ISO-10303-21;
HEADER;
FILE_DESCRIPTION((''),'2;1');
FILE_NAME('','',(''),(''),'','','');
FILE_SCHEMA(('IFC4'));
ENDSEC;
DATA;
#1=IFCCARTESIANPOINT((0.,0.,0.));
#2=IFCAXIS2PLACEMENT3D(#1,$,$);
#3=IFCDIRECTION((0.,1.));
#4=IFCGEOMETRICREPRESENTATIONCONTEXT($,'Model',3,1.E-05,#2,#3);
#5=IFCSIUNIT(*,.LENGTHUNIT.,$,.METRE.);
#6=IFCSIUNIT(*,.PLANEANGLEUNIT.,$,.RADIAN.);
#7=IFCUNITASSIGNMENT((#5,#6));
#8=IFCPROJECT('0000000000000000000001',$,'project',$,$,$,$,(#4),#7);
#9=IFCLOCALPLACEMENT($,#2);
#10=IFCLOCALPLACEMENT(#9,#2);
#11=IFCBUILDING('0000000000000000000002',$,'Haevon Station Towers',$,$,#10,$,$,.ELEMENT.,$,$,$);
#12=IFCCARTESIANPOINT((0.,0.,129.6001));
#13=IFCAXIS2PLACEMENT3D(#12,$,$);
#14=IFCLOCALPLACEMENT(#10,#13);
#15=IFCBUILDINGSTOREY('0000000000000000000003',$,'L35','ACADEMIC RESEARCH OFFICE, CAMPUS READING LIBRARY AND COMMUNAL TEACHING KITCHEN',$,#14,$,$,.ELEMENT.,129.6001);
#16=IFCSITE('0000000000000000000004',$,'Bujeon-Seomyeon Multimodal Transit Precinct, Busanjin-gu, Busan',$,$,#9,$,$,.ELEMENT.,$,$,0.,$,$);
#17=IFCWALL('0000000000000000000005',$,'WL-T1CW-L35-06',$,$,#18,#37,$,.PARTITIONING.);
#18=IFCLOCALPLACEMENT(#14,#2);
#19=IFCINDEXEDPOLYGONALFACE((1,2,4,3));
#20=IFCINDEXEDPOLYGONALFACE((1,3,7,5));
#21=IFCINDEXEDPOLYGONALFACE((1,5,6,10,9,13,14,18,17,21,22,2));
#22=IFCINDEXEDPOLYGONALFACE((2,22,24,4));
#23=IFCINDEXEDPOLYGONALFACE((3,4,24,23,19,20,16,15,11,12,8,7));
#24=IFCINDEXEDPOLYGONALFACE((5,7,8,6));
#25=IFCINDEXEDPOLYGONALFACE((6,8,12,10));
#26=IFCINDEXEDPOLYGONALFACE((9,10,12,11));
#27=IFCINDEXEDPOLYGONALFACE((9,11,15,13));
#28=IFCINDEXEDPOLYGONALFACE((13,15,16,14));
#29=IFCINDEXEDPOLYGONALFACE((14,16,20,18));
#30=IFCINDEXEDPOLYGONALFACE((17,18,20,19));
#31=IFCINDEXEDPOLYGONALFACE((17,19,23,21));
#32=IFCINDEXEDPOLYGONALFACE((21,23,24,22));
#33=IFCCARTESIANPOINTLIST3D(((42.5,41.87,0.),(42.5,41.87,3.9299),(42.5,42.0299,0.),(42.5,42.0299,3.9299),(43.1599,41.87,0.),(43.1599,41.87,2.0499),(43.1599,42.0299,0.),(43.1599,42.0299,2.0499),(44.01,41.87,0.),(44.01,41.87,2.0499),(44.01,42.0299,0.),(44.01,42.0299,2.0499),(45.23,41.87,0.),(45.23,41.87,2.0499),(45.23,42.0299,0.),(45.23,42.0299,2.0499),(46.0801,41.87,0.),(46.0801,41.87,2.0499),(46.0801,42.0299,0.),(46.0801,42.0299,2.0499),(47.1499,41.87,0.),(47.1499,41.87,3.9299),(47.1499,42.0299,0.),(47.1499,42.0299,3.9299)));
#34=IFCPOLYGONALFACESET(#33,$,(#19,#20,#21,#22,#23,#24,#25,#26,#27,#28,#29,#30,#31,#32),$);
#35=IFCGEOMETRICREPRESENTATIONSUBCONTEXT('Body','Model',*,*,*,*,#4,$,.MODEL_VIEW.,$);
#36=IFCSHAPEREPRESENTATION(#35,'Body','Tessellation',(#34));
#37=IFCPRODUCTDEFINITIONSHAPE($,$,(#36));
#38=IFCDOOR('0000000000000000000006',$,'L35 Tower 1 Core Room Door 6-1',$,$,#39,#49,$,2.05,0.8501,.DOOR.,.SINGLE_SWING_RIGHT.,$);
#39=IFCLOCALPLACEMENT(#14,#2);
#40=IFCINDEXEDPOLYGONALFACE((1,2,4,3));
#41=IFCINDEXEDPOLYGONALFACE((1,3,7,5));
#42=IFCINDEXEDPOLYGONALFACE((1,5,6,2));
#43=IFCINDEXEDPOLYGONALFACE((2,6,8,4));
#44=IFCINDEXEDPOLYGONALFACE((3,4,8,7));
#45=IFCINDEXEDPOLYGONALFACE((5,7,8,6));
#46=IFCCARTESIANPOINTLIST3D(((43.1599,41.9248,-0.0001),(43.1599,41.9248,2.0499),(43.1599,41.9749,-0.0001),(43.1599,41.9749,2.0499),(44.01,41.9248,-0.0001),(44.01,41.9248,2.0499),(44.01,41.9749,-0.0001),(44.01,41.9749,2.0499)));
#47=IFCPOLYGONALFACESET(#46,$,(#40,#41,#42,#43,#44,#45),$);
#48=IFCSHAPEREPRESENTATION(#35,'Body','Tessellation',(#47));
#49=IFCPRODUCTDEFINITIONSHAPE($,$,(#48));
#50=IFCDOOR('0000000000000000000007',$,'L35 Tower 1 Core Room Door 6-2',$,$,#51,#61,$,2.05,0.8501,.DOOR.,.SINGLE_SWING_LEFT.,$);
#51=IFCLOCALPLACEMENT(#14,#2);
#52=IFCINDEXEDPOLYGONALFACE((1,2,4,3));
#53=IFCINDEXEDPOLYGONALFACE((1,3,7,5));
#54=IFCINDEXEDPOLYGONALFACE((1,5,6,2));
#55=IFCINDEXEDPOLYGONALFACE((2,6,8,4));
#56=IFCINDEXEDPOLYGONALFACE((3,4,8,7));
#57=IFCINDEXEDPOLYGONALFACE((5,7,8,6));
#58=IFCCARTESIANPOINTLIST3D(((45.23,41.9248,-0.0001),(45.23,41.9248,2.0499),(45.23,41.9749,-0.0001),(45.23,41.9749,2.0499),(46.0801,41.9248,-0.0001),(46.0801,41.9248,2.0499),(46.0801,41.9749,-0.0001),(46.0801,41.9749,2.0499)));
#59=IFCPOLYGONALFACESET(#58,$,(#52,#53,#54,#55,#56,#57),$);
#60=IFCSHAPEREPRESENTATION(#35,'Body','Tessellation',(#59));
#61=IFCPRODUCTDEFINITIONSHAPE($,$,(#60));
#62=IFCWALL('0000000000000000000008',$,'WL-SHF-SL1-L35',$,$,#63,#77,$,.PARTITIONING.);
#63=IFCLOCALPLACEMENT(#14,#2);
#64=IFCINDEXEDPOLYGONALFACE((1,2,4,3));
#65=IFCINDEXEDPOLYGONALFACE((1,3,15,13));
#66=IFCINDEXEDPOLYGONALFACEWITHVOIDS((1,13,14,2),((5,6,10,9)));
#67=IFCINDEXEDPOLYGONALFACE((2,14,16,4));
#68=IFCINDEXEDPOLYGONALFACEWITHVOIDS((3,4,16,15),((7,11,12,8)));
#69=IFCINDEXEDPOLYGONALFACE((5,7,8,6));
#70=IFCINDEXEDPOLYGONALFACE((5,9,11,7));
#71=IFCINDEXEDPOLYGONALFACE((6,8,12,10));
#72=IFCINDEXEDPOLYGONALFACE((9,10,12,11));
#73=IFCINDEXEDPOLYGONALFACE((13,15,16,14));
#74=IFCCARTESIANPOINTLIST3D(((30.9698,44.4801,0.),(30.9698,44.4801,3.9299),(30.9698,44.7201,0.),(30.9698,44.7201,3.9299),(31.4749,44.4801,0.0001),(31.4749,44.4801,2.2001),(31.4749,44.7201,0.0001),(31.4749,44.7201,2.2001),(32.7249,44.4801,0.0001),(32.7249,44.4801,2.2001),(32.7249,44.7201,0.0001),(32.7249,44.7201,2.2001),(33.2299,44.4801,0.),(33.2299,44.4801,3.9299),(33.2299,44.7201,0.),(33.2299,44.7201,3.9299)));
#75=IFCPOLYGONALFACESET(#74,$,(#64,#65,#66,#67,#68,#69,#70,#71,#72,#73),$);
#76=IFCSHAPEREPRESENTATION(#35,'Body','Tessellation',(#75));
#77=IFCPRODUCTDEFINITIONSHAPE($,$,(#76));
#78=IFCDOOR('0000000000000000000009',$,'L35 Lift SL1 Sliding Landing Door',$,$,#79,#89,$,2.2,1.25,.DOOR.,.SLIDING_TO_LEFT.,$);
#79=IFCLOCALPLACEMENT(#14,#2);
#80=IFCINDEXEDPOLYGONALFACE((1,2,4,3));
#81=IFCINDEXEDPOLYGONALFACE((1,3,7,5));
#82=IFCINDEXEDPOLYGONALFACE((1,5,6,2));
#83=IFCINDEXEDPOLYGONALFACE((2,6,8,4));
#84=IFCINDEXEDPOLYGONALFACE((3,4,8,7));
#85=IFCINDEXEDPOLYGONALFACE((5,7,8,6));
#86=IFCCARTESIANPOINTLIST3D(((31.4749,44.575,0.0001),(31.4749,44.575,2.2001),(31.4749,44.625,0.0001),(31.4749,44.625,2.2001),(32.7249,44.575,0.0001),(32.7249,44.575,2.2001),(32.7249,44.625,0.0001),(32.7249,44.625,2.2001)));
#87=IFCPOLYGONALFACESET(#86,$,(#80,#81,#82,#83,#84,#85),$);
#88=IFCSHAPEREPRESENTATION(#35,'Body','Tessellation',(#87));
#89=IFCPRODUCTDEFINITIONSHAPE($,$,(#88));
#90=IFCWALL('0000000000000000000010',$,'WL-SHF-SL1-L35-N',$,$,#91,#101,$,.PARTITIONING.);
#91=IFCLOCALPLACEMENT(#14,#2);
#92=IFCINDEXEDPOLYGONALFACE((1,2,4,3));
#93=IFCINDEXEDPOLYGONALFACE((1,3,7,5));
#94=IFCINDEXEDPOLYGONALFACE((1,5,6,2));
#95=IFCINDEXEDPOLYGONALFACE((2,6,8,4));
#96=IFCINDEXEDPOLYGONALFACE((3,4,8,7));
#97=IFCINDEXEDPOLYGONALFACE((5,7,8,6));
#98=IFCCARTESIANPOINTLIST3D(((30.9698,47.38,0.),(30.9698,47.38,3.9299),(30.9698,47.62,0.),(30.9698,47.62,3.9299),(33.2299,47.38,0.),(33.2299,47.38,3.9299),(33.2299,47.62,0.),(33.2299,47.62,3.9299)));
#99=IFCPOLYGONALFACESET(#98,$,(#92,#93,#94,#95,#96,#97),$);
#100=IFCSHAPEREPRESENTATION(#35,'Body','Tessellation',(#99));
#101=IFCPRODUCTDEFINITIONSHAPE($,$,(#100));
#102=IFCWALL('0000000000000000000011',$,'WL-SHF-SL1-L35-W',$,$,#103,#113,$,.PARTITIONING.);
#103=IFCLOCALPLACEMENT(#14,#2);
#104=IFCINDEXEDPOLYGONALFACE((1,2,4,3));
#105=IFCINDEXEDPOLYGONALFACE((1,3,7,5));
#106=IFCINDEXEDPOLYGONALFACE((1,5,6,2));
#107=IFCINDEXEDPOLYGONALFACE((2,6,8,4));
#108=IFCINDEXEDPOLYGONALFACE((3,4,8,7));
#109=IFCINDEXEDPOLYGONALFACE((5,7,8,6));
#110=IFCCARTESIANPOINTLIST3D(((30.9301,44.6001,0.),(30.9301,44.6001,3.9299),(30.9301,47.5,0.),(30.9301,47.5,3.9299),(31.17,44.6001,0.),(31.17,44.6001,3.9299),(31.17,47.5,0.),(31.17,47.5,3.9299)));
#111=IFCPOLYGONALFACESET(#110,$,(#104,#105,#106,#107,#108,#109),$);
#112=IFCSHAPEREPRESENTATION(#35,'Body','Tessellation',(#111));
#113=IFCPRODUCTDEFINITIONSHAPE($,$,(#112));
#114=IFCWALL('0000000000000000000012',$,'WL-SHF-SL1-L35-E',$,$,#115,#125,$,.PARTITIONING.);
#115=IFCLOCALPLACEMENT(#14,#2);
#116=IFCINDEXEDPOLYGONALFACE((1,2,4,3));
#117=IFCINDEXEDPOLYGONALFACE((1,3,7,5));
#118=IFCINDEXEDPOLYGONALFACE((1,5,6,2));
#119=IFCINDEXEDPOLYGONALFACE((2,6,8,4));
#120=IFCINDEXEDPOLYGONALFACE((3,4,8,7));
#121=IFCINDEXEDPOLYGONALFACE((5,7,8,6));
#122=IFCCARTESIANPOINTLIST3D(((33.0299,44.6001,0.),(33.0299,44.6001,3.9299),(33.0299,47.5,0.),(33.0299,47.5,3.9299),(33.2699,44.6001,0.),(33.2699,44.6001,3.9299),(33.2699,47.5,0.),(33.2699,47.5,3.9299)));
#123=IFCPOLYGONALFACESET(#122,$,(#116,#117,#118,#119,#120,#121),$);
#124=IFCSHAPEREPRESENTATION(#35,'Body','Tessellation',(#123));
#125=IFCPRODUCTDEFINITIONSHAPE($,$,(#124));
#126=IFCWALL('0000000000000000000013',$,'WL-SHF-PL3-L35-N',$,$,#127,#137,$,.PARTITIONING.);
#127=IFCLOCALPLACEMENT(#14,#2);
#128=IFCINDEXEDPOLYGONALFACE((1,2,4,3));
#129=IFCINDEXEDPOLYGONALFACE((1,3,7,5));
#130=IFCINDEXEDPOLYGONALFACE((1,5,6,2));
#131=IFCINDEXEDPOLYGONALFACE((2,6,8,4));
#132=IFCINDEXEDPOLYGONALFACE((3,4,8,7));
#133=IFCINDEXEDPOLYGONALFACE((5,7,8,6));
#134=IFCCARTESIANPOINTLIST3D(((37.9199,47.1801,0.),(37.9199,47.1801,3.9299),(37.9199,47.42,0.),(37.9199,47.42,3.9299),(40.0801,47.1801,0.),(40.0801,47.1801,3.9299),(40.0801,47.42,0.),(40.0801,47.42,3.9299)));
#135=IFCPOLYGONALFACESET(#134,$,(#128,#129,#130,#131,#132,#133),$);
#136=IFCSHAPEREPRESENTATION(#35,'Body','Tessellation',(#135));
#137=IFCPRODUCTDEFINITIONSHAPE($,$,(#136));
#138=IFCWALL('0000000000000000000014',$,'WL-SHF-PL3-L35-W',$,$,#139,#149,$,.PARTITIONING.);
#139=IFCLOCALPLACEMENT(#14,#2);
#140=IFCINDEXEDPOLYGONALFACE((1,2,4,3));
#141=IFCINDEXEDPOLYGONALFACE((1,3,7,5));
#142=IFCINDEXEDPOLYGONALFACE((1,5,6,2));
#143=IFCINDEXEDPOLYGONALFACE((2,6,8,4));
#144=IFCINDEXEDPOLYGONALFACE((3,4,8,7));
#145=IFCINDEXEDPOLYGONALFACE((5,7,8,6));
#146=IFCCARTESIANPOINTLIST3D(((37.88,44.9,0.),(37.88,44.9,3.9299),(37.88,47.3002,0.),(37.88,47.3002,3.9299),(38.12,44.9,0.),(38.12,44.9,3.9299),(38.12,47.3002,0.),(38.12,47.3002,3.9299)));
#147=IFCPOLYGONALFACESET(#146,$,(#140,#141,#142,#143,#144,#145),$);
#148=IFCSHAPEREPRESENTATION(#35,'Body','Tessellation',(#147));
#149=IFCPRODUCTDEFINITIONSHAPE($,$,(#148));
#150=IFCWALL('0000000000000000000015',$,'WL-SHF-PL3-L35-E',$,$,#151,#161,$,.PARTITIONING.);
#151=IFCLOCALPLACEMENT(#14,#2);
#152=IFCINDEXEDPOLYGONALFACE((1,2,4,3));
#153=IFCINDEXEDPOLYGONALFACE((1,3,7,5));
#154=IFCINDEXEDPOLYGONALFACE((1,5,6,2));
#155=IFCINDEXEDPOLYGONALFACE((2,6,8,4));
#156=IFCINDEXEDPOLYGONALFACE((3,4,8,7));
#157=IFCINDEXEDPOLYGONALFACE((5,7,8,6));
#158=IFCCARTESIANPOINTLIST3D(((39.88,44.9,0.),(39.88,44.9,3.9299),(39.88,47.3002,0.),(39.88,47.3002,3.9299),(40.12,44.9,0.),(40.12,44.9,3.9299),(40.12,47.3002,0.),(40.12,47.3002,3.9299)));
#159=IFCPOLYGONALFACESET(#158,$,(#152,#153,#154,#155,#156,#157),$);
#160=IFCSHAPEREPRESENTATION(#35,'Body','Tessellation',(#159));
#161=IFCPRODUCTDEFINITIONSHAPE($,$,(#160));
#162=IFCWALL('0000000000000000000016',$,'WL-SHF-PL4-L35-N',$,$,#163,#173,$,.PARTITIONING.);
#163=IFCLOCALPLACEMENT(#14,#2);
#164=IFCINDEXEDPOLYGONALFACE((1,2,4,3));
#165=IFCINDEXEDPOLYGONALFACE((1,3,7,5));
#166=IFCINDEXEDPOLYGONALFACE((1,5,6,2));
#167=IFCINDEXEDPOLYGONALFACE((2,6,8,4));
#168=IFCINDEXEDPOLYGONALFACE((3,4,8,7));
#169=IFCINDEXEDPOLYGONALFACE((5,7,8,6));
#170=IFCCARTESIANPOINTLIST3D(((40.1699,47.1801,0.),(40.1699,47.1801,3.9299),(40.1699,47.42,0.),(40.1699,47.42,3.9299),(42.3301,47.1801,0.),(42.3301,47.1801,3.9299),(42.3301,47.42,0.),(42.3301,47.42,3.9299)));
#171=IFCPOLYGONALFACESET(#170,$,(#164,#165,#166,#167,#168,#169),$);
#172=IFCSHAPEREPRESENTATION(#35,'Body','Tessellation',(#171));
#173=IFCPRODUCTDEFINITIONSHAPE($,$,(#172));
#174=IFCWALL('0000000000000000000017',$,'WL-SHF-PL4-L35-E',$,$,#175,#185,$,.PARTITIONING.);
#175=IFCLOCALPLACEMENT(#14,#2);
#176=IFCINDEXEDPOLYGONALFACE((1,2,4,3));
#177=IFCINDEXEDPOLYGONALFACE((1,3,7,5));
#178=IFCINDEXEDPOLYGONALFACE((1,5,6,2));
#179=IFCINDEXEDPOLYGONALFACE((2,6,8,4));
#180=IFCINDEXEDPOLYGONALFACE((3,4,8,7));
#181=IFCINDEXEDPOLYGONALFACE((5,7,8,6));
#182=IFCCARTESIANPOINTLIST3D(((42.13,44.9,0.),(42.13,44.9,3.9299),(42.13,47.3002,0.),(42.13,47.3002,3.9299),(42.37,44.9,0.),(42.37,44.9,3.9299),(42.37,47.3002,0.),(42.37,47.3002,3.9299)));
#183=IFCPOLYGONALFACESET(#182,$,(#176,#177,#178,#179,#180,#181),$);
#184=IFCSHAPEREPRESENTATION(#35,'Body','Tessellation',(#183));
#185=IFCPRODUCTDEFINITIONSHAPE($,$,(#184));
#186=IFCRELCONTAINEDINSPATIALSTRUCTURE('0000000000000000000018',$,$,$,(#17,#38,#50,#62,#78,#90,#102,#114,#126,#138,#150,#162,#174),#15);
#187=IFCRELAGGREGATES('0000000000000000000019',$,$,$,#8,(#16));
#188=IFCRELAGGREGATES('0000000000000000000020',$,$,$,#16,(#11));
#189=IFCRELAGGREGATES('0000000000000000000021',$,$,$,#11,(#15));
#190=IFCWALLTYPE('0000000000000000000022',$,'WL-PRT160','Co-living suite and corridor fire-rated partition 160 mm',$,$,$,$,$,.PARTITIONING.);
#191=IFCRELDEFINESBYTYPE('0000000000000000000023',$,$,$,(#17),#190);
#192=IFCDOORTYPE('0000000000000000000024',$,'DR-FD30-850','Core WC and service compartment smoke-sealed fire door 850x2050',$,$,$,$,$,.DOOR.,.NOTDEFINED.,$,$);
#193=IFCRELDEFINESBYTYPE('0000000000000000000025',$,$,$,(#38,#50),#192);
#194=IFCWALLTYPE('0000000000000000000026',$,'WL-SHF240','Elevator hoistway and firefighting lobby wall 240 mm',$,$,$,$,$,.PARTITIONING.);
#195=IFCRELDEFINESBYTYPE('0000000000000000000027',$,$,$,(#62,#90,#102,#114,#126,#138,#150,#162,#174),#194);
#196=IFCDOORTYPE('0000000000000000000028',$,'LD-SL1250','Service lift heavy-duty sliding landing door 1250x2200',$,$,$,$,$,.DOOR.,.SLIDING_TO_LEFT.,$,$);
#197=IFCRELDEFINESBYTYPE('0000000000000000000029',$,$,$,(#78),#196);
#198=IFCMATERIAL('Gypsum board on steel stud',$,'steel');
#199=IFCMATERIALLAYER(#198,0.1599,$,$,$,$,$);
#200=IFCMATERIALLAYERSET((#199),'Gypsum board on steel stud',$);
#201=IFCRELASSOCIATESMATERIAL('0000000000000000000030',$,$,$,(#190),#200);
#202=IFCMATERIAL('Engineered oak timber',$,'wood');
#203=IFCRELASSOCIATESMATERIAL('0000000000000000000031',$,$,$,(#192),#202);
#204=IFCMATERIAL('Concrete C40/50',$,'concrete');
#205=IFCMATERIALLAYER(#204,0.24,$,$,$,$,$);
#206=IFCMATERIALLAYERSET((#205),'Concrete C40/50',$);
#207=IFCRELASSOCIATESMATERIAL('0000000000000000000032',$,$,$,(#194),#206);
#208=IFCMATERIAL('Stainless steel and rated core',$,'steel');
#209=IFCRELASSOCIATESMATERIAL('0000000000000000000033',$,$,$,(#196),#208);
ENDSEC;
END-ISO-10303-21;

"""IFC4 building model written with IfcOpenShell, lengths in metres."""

from ifc_helpers import new_model, si_unit, direction, frame, frame_2d, origin, place, context, subcontext, project, spatial, rectangle, extrude, material, layer, layer_set, type_object, element, fill, save


model = new_model("IFC4")

# Units and contexts
model_context = context("Model", 3, precision=1e-05, world=origin(), true_north=direction((0.0, 1.0)))
body_context = subcontext(model_context, "Body", "Model", "MODEL_VIEW")
ifc_project = project(units=[si_unit("LENGTHUNIT", "METRE"), si_unit("PLANEANGLEUNIT", "RADIAN")], contexts=[model_context])

# Site, building, storey
site_placement = place(None, origin())
site = spatial("IfcSite", under=ifc_project, at=site_placement, Name="Bujeon-Seomyeon Multimodal Transit Precinct, Busanjin-gu, Busan", CompositionType="ELEMENT", RefElevation=0.0)
building_placement = place(site_placement, origin())
building = spatial("IfcBuilding", under=site, at=building_placement, Name="Haevon Station Towers", CompositionType="ELEMENT")
storey_placement = place(building_placement, frame((0.0, 0.0, 129.6001)))
storey = spatial("IfcBuildingStorey", under=building, at=storey_placement, Name="L35", Description="ACADEMIC RESEARCH OFFICE, CAMPUS READING LIBRARY AND COMMUNAL TEACHING KITCHEN", CompositionType="ELEMENT", Elevation=129.6001)

# Shared definitions
ifc_material_1 = material(Name="Gypsum board on steel stud", Category="steel")
ifc_layer_1 = layer(ifc_material_1, 0.1599)
ifc_layer_set_1 = layer_set([ifc_layer_1], Name="Gypsum board on steel stud")
wall_type_1 = type_object("IfcWallType", Name="WL-PRT160", Description="Co-living suite and corridor fire-rated partition 160 mm", PredefinedType="PARTITIONING", material=ifc_layer_set_1)
ifc_material_2 = material(Name="Engineered oak timber", Category="wood")

# Wall, openings, doors
wall_1_placement = place(storey_placement, frame((42.5, 41.95, 0.0), z_axis=(0.0, 0.0, 1.0), x_axis=(1.0, 0.0, 0.0)))
wall_1 = element("IfcWall", 1, at=wall_1_placement, inside=storey, type_object=wall_type_1, Name="WL-T1CW-L35-06", PredefinedType="PARTITIONING", context=body_context, shape_type="SweptSolid", body=[
    extrude(rectangle(XDim=4.6499, YDim=0.1599, at=frame_2d((2.325, 0.0))), origin(), (0.0, 0.0, 1.0), 3.9299),
])
opening_1_placement = place(wall_1_placement, frame((0.6599, 0.0, 0.0)))
opening_1 = element("IfcOpeningElement", 2, at=opening_1_placement, cuts=wall_1, PredefinedType="OPENING", context=body_context, shape_type="SweptSolid", body=[
    extrude(rectangle(XDim=0.8501, YDim=2.05, at=frame_2d((0.425, 1.0249))), frame((0.0, 0.0898, 0.0), z_axis=(0.0, -1.0, 0.0), x_axis=(1.0, 0.0, 0.0)), (0.0, 0.0, 1.0), 0.1799),
])
opening_2_placement = place(wall_1_placement, frame((2.73, 0.0, 0.0)))
opening_2 = element("IfcOpeningElement", 3, at=opening_2_placement, cuts=wall_1, PredefinedType="OPENING", context=body_context, shape_type="SweptSolid", body=[
    extrude(rectangle(XDim=0.8501, YDim=2.05, at=frame_2d((0.425, 1.0249))), frame((0.0, 0.0898, 0.0), z_axis=(0.0, -1.0, 0.0), x_axis=(1.0, 0.0, 0.0)), (0.0, 0.0, 1.0), 0.1799),
])
door_type_1 = type_object("IfcDoorType", Name="DR-FD30-850", Description="Core WC and service compartment smoke-sealed fire door 850x2050", OperationType="NOTDEFINED", PredefinedType="DOOR", material=ifc_material_2)
door_1_placement = place(opening_1_placement, origin())
door_1 = element("IfcDoor", 4, at=door_1_placement, inside=storey, type_object=door_type_1, Name="L35 Tower 1 Core Room Door 6-1", OperationType="SINGLE_SWING_RIGHT", OverallHeight=2.05, OverallWidth=0.8501, PredefinedType="DOOR", context=body_context, shape_type="SweptSolid", body=[
    extrude(rectangle(XDim=0.8501, YDim=2.05, at=frame_2d((0.425, 1.0249))), frame((0.0, 0.0249, 0.0), z_axis=(0.0, -1.0, 0.0), x_axis=(1.0, 0.0, 0.0)), (0.0, 0.0, 1.0), 0.05),
])
fill(opening_1, door_1)
door_2_placement = place(opening_2_placement, origin())
door_2 = element("IfcDoor", 5, at=door_2_placement, inside=storey, type_object=door_type_1, Name="L35 Tower 1 Core Room Door 6-2", OperationType="SINGLE_SWING_LEFT", OverallHeight=2.05, OverallWidth=0.8501, PredefinedType="DOOR", context=body_context, shape_type="SweptSolid", body=[
    extrude(rectangle(XDim=0.8501, YDim=2.05, at=frame_2d((0.425, 1.0249))), frame((0.0, 0.0249, 0.0), z_axis=(0.0, -1.0, 0.0), x_axis=(1.0, 0.0, 0.0)), (0.0, 0.0, 1.0), 0.05),
])
fill(opening_2, door_2)

# Wall, opening, door
ifc_material_3 = material(Name="Concrete C40/50", Category="concrete")
ifc_layer_2 = layer(ifc_material_3, 0.24)
ifc_layer_set_2 = layer_set([ifc_layer_2], Name="Concrete C40/50")
wall_type_2 = type_object("IfcWallType", Name="WL-SHF240", Description="Elevator hoistway and firefighting lobby wall 240 mm", PredefinedType="PARTITIONING", material=ifc_layer_set_2)
wall_2_placement = place(storey_placement, frame((30.97, 44.6001, 0.0), z_axis=(0.0, 0.0, 1.0), x_axis=(1.0, 0.0, 0.0)))
wall_2 = element("IfcWall", 6, at=wall_2_placement, inside=storey, type_object=wall_type_2, Name="WL-SHF-SL1-L35", PredefinedType="PARTITIONING", context=body_context, shape_type="SweptSolid", body=[
    extrude(rectangle(XDim=2.26, YDim=0.24, at=frame_2d((1.1299, 0.0))), origin(), (0.0, 0.0, 1.0), 3.9299),
])
opening_3_placement = place(wall_2_placement, frame((0.5049, 0.0, 0.0)))
opening_3 = element("IfcOpeningElement", 7, at=opening_3_placement, cuts=wall_2, PredefinedType="OPENING", context=body_context, shape_type="SweptSolid", body=[
    extrude(rectangle(XDim=1.25, YDim=2.2, at=frame_2d((0.625, 1.1001))), frame((0.0, 0.1299, 0.0), z_axis=(0.0, -1.0, 0.0), x_axis=(1.0, 0.0, 0.0)), (0.0, 0.0, 1.0), 0.26),
])
ifc_material_4 = material(Name="Stainless steel and rated core", Category="steel")
door_type_2 = type_object("IfcDoorType", Name="LD-SL1250", Description="Service lift heavy-duty sliding landing door 1250x2200", OperationType="SLIDING_TO_LEFT", PredefinedType="DOOR", material=ifc_material_4)
door_3_placement = place(opening_3_placement, origin())
door_3 = element("IfcDoor", 8, at=door_3_placement, inside=storey, type_object=door_type_2, Name="L35 Lift SL1 Sliding Landing Door", OperationType="SLIDING_TO_LEFT", OverallHeight=2.2, OverallWidth=1.25, PredefinedType="DOOR", context=body_context, shape_type="SweptSolid", body=[
    extrude(rectangle(XDim=1.25, YDim=2.2, at=frame_2d((0.625, 1.1001))), frame((0.0, 0.0249, 0.0), z_axis=(0.0, -1.0, 0.0), x_axis=(1.0, 0.0, 0.0)), (0.0, 0.0, 1.0), 0.05),
])
fill(opening_3, door_3)

# Walls
wall_3_placement = place(storey_placement, frame((30.97, 47.5, 0.0), z_axis=(0.0, 0.0, 1.0), x_axis=(1.0, 0.0, 0.0)))
element("IfcWall", 9, at=wall_3_placement, inside=storey, type_object=wall_type_2, Name="WL-SHF-SL1-L35-N", PredefinedType="PARTITIONING", context=body_context, shape_type="SweptSolid", body=[
    extrude(rectangle(XDim=2.26, YDim=0.24, at=frame_2d((1.1299, 0.0))), origin(), (0.0, 0.0, 1.0), 3.9299),
])
for number, where, z_axis, x_axis, name in (
    (10, (31.05, 44.6001, 0.0), (0.0, 0.0, 1.0), (0.0, 1.0, 0.0), "WL-SHF-SL1-L35-W"),
    (11, (33.1499, 44.6001, 0.0), (0.0, 0.0, 1.0), (0.0, 1.0, 0.0), "WL-SHF-SL1-L35-E"),
):
    element("IfcWall", number, at=place(storey_placement, frame(where, z_axis=z_axis, x_axis=x_axis)), inside=storey, type_object=wall_type_2, Name=name, PredefinedType="PARTITIONING", context=body_context, shape_type="SweptSolid", body=[
        extrude(rectangle(XDim=2.8999, YDim=0.24, at=frame_2d((1.45, 0.0))), origin(), (0.0, 0.0, 1.0), 3.9299),
    ])

# Walls
wall_4_placement = place(storey_placement, frame((37.9199, 47.3, 0.0), z_axis=(0.0, 0.0, 1.0), x_axis=(1.0, 0.0, 0.0)))
element("IfcWall", 12, at=wall_4_placement, inside=storey, type_object=wall_type_2, Name="WL-SHF-PL3-L35-N", PredefinedType="PARTITIONING", context=body_context, shape_type="SweptSolid", body=[
    extrude(rectangle(XDim=2.1602, YDim=0.24, at=frame_2d((1.0801, 0.0))), origin(), (0.0, 0.0, 1.0), 3.9299),
])
for number, where, z_axis, x_axis, name in (
    (13, (38.0, 44.8999, 0.0), (0.0, 0.0, 1.0), (0.0, 1.0, 0.0), "WL-SHF-PL3-L35-W"),
    (14, (40.0, 44.8999, 0.0), (0.0, 0.0, 1.0), (0.0, 1.0, 0.0), "WL-SHF-PL3-L35-E"),
):
    element("IfcWall", number, at=place(storey_placement, frame(where, z_axis=z_axis, x_axis=x_axis)), inside=storey, type_object=wall_type_2, Name=name, PredefinedType="PARTITIONING", context=body_context, shape_type="SweptSolid", body=[
        extrude(rectangle(XDim=2.4001, YDim=0.24, at=frame_2d((1.2002, 0.0))), origin(), (0.0, 0.0, 1.0), 3.9299),
    ])

# Walls
wall_5_placement = place(storey_placement, frame((40.1699, 47.3, 0.0), z_axis=(0.0, 0.0, 1.0), x_axis=(1.0, 0.0, 0.0)))
element("IfcWall", 15, at=wall_5_placement, inside=storey, type_object=wall_type_2, Name="WL-SHF-PL4-L35-N", PredefinedType="PARTITIONING", context=body_context, shape_type="SweptSolid", body=[
    extrude(rectangle(XDim=2.1602, YDim=0.24, at=frame_2d((1.0801, 0.0))), origin(), (0.0, 0.0, 1.0), 3.9299),
])
wall_6_placement = place(storey_placement, frame((42.25, 44.8999, 0.0), z_axis=(0.0, 0.0, 1.0), x_axis=(0.0, 1.0, 0.0)))
element("IfcWall", 16, at=wall_6_placement, inside=storey, type_object=wall_type_2, Name="WL-SHF-PL4-L35-E", PredefinedType="PARTITIONING", context=body_context, shape_type="SweptSolid", body=[
    extrude(rectangle(XDim=2.4001, YDim=0.24, at=frame_2d((1.2002, 0.0))), origin(), (0.0, 0.0, 1.0), 3.9299),
])

save(model, "model.ifc")
